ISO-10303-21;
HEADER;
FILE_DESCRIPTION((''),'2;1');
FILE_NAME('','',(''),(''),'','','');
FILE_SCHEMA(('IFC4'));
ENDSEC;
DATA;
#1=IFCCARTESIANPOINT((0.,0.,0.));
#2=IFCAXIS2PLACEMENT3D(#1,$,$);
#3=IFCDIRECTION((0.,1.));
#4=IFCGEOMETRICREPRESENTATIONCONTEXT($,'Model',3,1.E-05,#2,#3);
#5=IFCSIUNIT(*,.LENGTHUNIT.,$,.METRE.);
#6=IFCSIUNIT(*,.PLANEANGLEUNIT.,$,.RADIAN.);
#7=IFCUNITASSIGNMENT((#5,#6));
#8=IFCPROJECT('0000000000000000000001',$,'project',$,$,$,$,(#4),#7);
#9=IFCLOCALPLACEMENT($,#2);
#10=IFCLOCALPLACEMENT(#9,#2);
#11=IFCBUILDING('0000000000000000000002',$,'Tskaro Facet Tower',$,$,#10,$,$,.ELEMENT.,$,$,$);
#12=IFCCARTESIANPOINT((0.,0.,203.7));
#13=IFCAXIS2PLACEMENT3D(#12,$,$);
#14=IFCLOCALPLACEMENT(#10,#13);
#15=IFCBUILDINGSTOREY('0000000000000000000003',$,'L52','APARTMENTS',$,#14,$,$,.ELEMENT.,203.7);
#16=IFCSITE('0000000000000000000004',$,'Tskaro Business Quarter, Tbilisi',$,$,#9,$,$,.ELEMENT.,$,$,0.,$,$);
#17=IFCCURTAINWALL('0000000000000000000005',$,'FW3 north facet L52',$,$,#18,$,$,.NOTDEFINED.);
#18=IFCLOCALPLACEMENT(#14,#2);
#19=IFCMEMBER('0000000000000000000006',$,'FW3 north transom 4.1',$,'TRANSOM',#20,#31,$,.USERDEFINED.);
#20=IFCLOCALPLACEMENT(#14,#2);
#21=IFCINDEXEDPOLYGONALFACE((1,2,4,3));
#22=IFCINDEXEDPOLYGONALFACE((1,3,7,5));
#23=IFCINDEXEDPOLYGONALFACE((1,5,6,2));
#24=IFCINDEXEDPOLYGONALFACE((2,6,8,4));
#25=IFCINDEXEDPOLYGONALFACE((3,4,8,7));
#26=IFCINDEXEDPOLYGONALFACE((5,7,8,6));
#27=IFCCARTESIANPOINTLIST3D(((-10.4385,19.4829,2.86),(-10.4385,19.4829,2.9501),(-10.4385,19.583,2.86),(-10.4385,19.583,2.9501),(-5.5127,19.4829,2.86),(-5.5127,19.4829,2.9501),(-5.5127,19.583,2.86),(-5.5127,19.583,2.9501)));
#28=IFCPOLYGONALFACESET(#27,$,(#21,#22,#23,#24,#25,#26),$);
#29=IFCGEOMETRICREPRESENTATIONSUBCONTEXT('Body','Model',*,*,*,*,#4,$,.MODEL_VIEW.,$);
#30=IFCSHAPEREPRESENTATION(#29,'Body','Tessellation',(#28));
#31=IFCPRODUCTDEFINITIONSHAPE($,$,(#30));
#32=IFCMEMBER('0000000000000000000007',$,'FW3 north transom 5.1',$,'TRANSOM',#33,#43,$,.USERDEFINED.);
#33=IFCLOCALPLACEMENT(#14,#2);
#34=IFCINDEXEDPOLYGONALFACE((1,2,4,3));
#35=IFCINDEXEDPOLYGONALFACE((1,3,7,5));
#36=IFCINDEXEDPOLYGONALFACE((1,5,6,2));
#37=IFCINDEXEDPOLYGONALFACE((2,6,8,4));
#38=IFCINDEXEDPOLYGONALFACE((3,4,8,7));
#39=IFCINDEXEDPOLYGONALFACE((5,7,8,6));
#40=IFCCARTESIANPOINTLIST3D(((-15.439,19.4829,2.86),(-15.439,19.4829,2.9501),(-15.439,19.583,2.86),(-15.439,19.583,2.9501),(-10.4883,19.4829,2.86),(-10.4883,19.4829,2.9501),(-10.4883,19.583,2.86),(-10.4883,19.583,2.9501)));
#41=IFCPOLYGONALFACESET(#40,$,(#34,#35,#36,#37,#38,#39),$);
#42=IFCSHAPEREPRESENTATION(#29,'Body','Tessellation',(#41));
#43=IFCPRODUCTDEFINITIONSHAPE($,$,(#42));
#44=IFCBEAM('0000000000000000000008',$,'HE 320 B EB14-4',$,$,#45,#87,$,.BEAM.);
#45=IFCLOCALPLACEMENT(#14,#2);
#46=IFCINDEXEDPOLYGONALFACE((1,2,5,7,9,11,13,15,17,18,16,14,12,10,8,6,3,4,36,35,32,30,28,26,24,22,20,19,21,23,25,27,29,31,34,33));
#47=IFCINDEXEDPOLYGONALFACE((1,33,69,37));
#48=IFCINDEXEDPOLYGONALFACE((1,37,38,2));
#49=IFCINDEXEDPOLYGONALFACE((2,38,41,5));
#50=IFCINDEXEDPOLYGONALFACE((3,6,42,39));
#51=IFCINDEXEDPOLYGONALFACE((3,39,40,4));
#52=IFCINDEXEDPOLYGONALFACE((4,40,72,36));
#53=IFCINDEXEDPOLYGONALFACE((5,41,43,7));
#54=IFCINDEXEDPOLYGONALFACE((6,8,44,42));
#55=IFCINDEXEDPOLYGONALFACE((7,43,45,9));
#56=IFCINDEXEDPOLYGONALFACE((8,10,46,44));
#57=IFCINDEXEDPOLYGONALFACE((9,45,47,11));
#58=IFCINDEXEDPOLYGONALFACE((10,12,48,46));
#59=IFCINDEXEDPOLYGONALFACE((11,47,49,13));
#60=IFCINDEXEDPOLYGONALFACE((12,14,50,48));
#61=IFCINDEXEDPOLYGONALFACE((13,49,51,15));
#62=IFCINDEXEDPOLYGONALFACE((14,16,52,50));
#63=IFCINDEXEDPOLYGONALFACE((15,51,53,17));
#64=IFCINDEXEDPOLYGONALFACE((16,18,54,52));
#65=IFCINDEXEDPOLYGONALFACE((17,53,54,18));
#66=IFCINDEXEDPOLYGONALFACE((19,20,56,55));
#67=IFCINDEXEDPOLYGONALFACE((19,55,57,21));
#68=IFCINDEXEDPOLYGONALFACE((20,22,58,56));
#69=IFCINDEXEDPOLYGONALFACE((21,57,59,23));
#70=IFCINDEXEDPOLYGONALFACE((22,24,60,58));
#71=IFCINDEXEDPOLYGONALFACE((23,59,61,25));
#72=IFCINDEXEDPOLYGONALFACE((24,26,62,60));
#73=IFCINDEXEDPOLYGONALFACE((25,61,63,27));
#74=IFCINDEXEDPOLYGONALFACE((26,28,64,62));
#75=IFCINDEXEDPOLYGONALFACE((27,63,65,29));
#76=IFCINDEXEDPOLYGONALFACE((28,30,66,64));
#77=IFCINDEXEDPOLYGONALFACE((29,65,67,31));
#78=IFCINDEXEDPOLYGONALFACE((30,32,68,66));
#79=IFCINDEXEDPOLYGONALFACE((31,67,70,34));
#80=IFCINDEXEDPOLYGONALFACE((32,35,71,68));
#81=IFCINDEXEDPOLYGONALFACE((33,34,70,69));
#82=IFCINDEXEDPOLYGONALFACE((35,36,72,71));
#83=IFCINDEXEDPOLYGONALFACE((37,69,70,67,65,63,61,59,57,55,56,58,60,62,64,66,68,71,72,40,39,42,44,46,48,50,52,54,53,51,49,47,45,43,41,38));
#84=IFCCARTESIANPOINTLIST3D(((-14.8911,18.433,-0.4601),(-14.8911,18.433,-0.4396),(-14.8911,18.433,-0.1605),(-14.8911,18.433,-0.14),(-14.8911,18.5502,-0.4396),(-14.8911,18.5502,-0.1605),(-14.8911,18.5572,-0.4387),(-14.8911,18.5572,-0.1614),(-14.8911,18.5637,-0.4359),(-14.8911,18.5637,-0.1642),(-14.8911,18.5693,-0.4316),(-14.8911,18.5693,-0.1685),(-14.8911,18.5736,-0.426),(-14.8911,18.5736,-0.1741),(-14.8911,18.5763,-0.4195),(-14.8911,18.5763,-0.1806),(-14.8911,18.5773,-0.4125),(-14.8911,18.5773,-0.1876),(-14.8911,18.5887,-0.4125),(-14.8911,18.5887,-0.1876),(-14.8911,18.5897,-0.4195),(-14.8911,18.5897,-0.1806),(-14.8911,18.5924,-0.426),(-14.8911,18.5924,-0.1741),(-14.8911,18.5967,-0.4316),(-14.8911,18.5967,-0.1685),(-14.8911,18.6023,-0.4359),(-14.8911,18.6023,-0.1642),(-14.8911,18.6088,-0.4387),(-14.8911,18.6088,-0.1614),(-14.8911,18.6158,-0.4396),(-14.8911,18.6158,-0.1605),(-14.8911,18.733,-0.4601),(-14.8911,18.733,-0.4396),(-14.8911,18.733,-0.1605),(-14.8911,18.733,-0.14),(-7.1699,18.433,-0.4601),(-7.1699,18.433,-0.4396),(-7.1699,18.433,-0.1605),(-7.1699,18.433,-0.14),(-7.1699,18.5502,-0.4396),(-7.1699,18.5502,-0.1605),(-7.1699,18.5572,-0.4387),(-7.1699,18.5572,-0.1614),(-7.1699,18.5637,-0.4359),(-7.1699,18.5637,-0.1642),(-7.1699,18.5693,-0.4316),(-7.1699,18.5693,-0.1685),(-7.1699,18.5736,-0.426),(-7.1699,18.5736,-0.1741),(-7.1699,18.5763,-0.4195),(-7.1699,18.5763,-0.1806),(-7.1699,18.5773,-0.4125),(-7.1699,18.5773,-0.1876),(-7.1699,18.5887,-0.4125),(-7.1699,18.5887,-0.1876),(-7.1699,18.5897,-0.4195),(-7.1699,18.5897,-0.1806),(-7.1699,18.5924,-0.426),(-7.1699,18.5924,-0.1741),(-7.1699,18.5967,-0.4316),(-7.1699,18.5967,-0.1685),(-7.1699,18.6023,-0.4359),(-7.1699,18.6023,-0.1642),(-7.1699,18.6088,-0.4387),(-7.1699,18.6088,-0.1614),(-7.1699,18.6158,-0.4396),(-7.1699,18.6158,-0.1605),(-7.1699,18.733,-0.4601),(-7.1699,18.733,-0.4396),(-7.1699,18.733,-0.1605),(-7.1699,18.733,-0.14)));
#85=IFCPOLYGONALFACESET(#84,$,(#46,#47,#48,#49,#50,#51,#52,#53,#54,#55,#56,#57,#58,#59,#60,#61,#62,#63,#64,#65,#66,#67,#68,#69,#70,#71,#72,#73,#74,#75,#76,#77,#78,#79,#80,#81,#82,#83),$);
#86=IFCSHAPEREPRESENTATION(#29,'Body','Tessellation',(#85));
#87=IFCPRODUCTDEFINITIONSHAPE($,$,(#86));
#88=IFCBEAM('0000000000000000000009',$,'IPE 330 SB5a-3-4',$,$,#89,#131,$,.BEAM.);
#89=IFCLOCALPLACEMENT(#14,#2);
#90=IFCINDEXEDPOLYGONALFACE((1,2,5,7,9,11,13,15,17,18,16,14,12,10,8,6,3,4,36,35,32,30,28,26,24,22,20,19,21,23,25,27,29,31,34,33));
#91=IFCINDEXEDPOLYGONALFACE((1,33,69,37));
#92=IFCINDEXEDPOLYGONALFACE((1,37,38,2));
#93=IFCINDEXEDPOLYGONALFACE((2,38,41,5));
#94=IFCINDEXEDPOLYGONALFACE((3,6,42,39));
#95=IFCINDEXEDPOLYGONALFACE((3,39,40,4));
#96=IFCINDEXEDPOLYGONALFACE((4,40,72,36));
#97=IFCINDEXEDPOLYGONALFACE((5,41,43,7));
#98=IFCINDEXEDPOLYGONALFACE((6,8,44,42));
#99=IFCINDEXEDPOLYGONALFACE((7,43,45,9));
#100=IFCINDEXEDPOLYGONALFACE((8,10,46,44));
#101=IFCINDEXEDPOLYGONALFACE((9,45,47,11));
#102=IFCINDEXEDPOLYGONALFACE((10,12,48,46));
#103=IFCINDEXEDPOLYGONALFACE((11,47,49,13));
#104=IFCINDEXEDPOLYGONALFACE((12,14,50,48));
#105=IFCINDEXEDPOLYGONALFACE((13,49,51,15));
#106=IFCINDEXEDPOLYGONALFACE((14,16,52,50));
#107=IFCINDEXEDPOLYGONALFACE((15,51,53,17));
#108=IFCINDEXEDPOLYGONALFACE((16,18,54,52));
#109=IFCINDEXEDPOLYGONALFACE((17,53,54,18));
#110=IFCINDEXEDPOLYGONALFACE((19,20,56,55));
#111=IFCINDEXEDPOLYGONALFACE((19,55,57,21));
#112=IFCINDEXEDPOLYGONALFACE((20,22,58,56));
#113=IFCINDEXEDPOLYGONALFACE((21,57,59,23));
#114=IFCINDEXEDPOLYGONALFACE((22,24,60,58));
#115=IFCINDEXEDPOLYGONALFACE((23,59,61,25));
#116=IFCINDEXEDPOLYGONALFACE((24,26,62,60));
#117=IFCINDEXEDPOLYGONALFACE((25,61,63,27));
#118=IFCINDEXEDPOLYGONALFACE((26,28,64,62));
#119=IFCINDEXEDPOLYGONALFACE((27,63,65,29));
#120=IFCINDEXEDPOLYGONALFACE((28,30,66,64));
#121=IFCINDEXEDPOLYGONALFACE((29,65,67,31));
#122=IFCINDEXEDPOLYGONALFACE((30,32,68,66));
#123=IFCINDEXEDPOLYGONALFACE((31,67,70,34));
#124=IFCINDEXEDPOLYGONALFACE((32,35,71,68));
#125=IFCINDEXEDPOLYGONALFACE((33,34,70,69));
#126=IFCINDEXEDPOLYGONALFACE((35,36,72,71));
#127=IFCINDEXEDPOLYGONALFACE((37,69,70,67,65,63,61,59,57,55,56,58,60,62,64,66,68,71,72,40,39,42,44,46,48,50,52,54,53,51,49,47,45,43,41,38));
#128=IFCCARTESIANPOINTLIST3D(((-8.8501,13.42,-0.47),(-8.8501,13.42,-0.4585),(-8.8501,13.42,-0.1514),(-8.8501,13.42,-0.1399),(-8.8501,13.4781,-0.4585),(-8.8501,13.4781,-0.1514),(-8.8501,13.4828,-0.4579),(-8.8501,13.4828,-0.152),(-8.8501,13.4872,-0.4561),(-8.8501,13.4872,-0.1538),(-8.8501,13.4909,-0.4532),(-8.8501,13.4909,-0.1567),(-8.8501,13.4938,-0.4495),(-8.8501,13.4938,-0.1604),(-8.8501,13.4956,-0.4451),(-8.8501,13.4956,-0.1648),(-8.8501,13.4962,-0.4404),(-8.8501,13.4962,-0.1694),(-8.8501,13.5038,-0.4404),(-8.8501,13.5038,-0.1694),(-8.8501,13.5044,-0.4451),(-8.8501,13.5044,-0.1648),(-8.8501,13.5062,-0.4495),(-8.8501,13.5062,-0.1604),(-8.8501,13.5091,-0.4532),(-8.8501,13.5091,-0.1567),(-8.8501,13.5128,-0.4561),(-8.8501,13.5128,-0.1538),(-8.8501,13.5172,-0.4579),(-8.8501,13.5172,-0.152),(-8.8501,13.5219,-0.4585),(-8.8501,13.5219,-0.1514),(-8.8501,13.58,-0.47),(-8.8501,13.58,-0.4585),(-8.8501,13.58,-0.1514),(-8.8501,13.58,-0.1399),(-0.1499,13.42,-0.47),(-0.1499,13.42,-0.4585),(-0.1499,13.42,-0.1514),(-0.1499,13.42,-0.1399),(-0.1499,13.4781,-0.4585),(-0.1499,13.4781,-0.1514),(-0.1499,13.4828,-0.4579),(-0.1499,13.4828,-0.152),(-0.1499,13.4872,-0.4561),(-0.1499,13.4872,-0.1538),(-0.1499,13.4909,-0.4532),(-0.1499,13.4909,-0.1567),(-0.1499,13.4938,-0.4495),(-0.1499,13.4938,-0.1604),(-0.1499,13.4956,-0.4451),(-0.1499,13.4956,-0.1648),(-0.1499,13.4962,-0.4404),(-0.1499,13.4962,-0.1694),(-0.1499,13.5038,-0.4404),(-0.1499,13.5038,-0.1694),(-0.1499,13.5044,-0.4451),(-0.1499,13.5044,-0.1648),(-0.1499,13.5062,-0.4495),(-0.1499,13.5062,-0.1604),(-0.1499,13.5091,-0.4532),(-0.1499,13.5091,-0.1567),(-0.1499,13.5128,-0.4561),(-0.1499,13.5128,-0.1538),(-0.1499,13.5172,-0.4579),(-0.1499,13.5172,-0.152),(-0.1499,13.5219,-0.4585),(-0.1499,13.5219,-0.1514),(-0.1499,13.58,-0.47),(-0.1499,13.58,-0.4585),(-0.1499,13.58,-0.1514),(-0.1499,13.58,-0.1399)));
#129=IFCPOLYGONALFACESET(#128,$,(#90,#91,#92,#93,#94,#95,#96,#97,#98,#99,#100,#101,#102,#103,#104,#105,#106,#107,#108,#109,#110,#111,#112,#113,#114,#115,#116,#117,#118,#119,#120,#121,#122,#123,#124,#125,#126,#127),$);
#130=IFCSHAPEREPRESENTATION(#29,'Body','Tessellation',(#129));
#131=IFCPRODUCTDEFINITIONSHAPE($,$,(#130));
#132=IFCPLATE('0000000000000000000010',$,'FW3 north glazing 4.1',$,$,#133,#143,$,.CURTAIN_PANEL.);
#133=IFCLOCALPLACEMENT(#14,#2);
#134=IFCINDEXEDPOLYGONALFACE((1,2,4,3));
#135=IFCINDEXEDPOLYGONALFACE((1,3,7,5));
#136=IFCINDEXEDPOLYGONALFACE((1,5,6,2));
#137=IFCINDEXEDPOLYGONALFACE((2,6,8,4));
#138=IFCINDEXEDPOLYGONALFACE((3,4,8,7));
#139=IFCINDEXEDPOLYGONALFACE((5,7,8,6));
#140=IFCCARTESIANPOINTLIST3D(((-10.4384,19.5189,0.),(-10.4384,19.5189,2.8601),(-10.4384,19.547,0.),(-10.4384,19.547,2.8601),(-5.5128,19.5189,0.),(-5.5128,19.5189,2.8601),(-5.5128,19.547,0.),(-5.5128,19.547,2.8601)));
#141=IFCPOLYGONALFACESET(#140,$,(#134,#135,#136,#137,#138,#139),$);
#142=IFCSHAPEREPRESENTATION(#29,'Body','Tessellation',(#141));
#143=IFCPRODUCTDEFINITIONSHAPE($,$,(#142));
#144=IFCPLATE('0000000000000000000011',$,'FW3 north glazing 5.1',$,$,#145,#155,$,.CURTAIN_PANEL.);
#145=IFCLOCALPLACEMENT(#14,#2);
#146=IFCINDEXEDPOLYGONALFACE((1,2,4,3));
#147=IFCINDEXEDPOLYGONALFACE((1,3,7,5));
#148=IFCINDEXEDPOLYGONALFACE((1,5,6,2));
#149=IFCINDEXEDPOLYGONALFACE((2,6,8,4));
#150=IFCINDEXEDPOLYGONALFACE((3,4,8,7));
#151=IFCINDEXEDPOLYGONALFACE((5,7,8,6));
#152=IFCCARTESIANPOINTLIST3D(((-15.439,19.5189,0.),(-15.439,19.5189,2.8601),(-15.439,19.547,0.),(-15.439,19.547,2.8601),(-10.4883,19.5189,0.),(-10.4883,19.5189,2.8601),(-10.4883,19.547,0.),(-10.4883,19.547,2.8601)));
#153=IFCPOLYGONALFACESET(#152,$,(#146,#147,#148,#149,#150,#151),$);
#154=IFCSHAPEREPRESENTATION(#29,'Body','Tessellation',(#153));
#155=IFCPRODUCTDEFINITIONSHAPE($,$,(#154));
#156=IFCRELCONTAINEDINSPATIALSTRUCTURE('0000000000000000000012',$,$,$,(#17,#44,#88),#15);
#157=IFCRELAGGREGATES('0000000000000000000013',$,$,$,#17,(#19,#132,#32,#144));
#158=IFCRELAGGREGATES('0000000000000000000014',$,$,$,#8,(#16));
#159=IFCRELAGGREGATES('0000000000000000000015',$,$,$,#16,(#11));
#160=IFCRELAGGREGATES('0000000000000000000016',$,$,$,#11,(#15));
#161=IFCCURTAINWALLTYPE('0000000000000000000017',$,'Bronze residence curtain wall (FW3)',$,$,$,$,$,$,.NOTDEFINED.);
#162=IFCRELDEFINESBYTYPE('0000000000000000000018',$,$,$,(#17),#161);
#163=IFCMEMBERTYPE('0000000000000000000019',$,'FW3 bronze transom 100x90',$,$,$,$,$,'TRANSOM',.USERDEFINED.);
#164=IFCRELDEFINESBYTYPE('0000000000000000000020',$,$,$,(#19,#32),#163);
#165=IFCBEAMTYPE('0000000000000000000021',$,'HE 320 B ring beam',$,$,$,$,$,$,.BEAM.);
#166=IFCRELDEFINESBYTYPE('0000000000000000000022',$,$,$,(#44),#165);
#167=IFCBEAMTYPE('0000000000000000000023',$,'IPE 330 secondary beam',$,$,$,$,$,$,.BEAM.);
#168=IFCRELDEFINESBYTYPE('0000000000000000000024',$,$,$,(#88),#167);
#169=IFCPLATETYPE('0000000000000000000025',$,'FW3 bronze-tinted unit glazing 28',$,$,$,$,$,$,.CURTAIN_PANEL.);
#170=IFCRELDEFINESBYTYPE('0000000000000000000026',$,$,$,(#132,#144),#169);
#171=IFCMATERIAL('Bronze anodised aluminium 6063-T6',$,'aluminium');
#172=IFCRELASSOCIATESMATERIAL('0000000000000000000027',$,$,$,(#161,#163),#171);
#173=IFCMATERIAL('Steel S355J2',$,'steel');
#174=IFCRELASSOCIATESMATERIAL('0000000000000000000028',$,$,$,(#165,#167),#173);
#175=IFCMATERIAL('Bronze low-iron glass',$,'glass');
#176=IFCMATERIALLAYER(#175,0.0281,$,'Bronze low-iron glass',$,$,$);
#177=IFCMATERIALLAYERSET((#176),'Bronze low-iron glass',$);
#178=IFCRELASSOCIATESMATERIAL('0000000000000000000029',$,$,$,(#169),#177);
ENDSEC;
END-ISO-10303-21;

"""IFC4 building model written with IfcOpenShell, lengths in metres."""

from ifc_helpers import new_model, si_unit, direction, frame, origin, origin_2d, place, context, subcontext, project, spatial, rectangle, i_section, extrude, material, layer, layer_set, material_profile, profile_set, type_object, element, aggregate, save


model = new_model("IFC4")

# Units and contexts
model_context = context("Model", 3, precision=1e-05, world=origin(), true_north=direction((0.0, 1.0)))
body_context = subcontext(model_context, "Body", "Model", "MODEL_VIEW")
ifc_project = project(units=[si_unit("LENGTHUNIT", "METRE"), si_unit("PLANEANGLEUNIT", "RADIAN")], contexts=[model_context])

# Site, building, storey
site_placement = place(None, origin())
site = spatial("IfcSite", under=ifc_project, at=site_placement, Name="Tskaro Business Quarter, Tbilisi", CompositionType="ELEMENT", RefElevation=0.0)
building_placement = place(site_placement, origin())
building = spatial("IfcBuilding", under=site, at=building_placement, Name="Tskaro Facet Tower", CompositionType="ELEMENT")
storey_placement = place(building_placement, frame((0.0, 0.0, 203.7)))
storey = spatial("IfcBuildingStorey", under=building, at=storey_placement, Name="L52", Description="APARTMENTS", CompositionType="ELEMENT", Elevation=203.7)

# Curtain wall, members
ifc_material_1 = material(Name="Bronze anodised aluminium 6063-T6", Category="aluminium")
curtain_wall_type = type_object("IfcCurtainWallType", Name="Bronze residence curtain wall (FW3)", PredefinedType="NOTDEFINED", material=ifc_material_1)
curtain_wall_placement = place(storey_placement, origin())
curtain_wall = element("IfcCurtainWall", 1, at=curtain_wall_placement, inside=storey, type_object=curtain_wall_type, Name="FW3 north facet L52", PredefinedType="NOTDEFINED")
ifc_material_profile_1 = material_profile(ifc_material_1, rectangle(XDim=0.1001, YDim=0.0901, at=origin_2d()), Name="Transom 100x90")
ifc_profile_set_1 = profile_set([ifc_material_profile_1], Name="Bronze anodised aluminium 6063-T6")
member_type_1 = type_object("IfcMemberType", Name="FW3 bronze transom 100x90", ElementType="TRANSOM", PredefinedType="USERDEFINED", material=ifc_profile_set_1)
member_1_placement = place(storey_placement, frame((-5.5127, 19.533, 2.905), z_axis=(-1.0, 0.0, 0.0), x_axis=(0.0, -1.0, 0.0)))
member_1 = element("IfcMember", 2, at=member_1_placement, type_object=member_type_1, Name="FW3 north transom 4.1", ObjectType="TRANSOM", PredefinedType="USERDEFINED", context=body_context, shape_type="SweptSolid", body=[
    extrude(rectangle(XDim=0.1001, YDim=0.0901, at=origin_2d()), origin(), (0.0, 0.0, 1.0), 4.9258),
])
member_2_placement = place(storey_placement, frame((-10.4883, 19.533, 2.905), z_axis=(-1.0, 0.0, 0.0), x_axis=(0.0, -1.0, 0.0)))
member_2 = element("IfcMember", 3, at=member_2_placement, type_object=member_type_1, Name="FW3 north transom 5.1", ObjectType="TRANSOM", PredefinedType="USERDEFINED", context=body_context, shape_type="SweptSolid", body=[
    extrude(rectangle(XDim=0.1001, YDim=0.0901, at=origin_2d()), origin(), (0.0, 0.0, 1.0), 4.9507),
])

# Beams
ifc_material_2 = material(Name="Steel S355J2", Category="steel")
ifc_material_profile_2 = material_profile(ifc_material_2, i_section(OverallWidth=0.3, OverallDepth=0.3201, WebThickness=0.0115, FlangeThickness=0.0205, FilletRadius=0.0271, at=origin_2d()), Name="HE 320 B")
ifc_profile_set_2 = profile_set([ifc_material_profile_2], Name="Steel S355J2")
beam_type_1 = type_object("IfcBeamType", Name="HE 320 B ring beam", PredefinedType="BEAM", material=ifc_profile_set_2)
beam_1_placement = place(storey_placement, frame((-7.1699, 18.583, -0.3), z_axis=(-1.0, 0.0, 0.0), x_axis=(0.0, -1.0, 0.0)))
element("IfcBeam", 4, at=beam_1_placement, inside=storey, type_object=beam_type_1, Name="HE 320 B EB14-4", PredefinedType="BEAM", context=body_context, shape_type="SweptSolid", body=[
    extrude(i_section(OverallWidth=0.3, OverallDepth=0.3201, WebThickness=0.0115, FlangeThickness=0.0205, FilletRadius=0.0271, at=origin_2d()), origin(), (0.0, 0.0, 1.0), 7.7212),
])
ifc_material_profile_3 = material_profile(ifc_material_2, i_section(OverallWidth=0.1599, OverallDepth=0.3301, WebThickness=0.0076, FlangeThickness=0.0115, FilletRadius=0.0181, at=origin_2d()), Name="IPE 330")
ifc_profile_set_3 = profile_set([ifc_material_profile_3], Name="Steel S355J2")
beam_type_2 = type_object("IfcBeamType", Name="IPE 330 secondary beam", PredefinedType="BEAM", material=ifc_profile_set_3)
beam_2_placement = place(storey_placement, frame((-8.8501, 13.5, -0.3049), z_axis=(1.0, 0.0, 0.0), x_axis=(0.0, 1.0, 0.0)))
element("IfcBeam", 5, at=beam_2_placement, inside=storey, type_object=beam_type_2, Name="IPE 330 SB5a-3-4", PredefinedType="BEAM", context=body_context, shape_type="SweptSolid", body=[
    extrude(i_section(OverallWidth=0.1599, OverallDepth=0.3301, WebThickness=0.0076, FlangeThickness=0.0115, FilletRadius=0.0181, at=origin_2d()), origin(), (0.0, 0.0, 1.0), 8.7002),
])

# Plates
ifc_material_3 = material(Name="Bronze low-iron glass", Category="glass")
ifc_layer_1 = layer(ifc_material_3, 0.0281, Name="Bronze low-iron glass")
ifc_layer_set_1 = layer_set([ifc_layer_1], Name="Bronze low-iron glass")
plate_type = type_object("IfcPlateType", Name="FW3 bronze-tinted unit glazing 28", PredefinedType="CURTAIN_PANEL", material=ifc_layer_set_1)
plate_1_placement = place(storey_placement, frame((-7.9756, 19.533, 0.0), z_axis=(0.0, 0.0, 1.0), x_axis=(-1.0, 0.0, 0.0)))
plate_1 = element("IfcPlate", 6, at=plate_1_placement, type_object=plate_type, Name="FW3 north glazing 4.1", PredefinedType="CURTAIN_PANEL", context=body_context, shape_type="SweptSolid", body=[
    extrude(rectangle(XDim=4.9255, YDim=0.0281, at=origin_2d()), origin(), (0.0, 0.0, 1.0), 2.8601),
])
plate_2_placement = place(storey_placement, frame((-12.9636, 19.533, 0.0), z_axis=(0.0, 0.0, 1.0), x_axis=(-1.0, 0.0, 0.0)))
plate_2 = element("IfcPlate", 7, at=plate_2_placement, type_object=plate_type, Name="FW3 north glazing 5.1", PredefinedType="CURTAIN_PANEL", context=body_context, shape_type="SweptSolid", body=[
    extrude(rectangle(XDim=4.9507, YDim=0.0281, at=origin_2d()), origin(), (0.0, 0.0, 1.0), 2.8601),
])
aggregate(curtain_wall, [member_1, plate_1, member_2, plate_2])

save(model, "model.ifc")
